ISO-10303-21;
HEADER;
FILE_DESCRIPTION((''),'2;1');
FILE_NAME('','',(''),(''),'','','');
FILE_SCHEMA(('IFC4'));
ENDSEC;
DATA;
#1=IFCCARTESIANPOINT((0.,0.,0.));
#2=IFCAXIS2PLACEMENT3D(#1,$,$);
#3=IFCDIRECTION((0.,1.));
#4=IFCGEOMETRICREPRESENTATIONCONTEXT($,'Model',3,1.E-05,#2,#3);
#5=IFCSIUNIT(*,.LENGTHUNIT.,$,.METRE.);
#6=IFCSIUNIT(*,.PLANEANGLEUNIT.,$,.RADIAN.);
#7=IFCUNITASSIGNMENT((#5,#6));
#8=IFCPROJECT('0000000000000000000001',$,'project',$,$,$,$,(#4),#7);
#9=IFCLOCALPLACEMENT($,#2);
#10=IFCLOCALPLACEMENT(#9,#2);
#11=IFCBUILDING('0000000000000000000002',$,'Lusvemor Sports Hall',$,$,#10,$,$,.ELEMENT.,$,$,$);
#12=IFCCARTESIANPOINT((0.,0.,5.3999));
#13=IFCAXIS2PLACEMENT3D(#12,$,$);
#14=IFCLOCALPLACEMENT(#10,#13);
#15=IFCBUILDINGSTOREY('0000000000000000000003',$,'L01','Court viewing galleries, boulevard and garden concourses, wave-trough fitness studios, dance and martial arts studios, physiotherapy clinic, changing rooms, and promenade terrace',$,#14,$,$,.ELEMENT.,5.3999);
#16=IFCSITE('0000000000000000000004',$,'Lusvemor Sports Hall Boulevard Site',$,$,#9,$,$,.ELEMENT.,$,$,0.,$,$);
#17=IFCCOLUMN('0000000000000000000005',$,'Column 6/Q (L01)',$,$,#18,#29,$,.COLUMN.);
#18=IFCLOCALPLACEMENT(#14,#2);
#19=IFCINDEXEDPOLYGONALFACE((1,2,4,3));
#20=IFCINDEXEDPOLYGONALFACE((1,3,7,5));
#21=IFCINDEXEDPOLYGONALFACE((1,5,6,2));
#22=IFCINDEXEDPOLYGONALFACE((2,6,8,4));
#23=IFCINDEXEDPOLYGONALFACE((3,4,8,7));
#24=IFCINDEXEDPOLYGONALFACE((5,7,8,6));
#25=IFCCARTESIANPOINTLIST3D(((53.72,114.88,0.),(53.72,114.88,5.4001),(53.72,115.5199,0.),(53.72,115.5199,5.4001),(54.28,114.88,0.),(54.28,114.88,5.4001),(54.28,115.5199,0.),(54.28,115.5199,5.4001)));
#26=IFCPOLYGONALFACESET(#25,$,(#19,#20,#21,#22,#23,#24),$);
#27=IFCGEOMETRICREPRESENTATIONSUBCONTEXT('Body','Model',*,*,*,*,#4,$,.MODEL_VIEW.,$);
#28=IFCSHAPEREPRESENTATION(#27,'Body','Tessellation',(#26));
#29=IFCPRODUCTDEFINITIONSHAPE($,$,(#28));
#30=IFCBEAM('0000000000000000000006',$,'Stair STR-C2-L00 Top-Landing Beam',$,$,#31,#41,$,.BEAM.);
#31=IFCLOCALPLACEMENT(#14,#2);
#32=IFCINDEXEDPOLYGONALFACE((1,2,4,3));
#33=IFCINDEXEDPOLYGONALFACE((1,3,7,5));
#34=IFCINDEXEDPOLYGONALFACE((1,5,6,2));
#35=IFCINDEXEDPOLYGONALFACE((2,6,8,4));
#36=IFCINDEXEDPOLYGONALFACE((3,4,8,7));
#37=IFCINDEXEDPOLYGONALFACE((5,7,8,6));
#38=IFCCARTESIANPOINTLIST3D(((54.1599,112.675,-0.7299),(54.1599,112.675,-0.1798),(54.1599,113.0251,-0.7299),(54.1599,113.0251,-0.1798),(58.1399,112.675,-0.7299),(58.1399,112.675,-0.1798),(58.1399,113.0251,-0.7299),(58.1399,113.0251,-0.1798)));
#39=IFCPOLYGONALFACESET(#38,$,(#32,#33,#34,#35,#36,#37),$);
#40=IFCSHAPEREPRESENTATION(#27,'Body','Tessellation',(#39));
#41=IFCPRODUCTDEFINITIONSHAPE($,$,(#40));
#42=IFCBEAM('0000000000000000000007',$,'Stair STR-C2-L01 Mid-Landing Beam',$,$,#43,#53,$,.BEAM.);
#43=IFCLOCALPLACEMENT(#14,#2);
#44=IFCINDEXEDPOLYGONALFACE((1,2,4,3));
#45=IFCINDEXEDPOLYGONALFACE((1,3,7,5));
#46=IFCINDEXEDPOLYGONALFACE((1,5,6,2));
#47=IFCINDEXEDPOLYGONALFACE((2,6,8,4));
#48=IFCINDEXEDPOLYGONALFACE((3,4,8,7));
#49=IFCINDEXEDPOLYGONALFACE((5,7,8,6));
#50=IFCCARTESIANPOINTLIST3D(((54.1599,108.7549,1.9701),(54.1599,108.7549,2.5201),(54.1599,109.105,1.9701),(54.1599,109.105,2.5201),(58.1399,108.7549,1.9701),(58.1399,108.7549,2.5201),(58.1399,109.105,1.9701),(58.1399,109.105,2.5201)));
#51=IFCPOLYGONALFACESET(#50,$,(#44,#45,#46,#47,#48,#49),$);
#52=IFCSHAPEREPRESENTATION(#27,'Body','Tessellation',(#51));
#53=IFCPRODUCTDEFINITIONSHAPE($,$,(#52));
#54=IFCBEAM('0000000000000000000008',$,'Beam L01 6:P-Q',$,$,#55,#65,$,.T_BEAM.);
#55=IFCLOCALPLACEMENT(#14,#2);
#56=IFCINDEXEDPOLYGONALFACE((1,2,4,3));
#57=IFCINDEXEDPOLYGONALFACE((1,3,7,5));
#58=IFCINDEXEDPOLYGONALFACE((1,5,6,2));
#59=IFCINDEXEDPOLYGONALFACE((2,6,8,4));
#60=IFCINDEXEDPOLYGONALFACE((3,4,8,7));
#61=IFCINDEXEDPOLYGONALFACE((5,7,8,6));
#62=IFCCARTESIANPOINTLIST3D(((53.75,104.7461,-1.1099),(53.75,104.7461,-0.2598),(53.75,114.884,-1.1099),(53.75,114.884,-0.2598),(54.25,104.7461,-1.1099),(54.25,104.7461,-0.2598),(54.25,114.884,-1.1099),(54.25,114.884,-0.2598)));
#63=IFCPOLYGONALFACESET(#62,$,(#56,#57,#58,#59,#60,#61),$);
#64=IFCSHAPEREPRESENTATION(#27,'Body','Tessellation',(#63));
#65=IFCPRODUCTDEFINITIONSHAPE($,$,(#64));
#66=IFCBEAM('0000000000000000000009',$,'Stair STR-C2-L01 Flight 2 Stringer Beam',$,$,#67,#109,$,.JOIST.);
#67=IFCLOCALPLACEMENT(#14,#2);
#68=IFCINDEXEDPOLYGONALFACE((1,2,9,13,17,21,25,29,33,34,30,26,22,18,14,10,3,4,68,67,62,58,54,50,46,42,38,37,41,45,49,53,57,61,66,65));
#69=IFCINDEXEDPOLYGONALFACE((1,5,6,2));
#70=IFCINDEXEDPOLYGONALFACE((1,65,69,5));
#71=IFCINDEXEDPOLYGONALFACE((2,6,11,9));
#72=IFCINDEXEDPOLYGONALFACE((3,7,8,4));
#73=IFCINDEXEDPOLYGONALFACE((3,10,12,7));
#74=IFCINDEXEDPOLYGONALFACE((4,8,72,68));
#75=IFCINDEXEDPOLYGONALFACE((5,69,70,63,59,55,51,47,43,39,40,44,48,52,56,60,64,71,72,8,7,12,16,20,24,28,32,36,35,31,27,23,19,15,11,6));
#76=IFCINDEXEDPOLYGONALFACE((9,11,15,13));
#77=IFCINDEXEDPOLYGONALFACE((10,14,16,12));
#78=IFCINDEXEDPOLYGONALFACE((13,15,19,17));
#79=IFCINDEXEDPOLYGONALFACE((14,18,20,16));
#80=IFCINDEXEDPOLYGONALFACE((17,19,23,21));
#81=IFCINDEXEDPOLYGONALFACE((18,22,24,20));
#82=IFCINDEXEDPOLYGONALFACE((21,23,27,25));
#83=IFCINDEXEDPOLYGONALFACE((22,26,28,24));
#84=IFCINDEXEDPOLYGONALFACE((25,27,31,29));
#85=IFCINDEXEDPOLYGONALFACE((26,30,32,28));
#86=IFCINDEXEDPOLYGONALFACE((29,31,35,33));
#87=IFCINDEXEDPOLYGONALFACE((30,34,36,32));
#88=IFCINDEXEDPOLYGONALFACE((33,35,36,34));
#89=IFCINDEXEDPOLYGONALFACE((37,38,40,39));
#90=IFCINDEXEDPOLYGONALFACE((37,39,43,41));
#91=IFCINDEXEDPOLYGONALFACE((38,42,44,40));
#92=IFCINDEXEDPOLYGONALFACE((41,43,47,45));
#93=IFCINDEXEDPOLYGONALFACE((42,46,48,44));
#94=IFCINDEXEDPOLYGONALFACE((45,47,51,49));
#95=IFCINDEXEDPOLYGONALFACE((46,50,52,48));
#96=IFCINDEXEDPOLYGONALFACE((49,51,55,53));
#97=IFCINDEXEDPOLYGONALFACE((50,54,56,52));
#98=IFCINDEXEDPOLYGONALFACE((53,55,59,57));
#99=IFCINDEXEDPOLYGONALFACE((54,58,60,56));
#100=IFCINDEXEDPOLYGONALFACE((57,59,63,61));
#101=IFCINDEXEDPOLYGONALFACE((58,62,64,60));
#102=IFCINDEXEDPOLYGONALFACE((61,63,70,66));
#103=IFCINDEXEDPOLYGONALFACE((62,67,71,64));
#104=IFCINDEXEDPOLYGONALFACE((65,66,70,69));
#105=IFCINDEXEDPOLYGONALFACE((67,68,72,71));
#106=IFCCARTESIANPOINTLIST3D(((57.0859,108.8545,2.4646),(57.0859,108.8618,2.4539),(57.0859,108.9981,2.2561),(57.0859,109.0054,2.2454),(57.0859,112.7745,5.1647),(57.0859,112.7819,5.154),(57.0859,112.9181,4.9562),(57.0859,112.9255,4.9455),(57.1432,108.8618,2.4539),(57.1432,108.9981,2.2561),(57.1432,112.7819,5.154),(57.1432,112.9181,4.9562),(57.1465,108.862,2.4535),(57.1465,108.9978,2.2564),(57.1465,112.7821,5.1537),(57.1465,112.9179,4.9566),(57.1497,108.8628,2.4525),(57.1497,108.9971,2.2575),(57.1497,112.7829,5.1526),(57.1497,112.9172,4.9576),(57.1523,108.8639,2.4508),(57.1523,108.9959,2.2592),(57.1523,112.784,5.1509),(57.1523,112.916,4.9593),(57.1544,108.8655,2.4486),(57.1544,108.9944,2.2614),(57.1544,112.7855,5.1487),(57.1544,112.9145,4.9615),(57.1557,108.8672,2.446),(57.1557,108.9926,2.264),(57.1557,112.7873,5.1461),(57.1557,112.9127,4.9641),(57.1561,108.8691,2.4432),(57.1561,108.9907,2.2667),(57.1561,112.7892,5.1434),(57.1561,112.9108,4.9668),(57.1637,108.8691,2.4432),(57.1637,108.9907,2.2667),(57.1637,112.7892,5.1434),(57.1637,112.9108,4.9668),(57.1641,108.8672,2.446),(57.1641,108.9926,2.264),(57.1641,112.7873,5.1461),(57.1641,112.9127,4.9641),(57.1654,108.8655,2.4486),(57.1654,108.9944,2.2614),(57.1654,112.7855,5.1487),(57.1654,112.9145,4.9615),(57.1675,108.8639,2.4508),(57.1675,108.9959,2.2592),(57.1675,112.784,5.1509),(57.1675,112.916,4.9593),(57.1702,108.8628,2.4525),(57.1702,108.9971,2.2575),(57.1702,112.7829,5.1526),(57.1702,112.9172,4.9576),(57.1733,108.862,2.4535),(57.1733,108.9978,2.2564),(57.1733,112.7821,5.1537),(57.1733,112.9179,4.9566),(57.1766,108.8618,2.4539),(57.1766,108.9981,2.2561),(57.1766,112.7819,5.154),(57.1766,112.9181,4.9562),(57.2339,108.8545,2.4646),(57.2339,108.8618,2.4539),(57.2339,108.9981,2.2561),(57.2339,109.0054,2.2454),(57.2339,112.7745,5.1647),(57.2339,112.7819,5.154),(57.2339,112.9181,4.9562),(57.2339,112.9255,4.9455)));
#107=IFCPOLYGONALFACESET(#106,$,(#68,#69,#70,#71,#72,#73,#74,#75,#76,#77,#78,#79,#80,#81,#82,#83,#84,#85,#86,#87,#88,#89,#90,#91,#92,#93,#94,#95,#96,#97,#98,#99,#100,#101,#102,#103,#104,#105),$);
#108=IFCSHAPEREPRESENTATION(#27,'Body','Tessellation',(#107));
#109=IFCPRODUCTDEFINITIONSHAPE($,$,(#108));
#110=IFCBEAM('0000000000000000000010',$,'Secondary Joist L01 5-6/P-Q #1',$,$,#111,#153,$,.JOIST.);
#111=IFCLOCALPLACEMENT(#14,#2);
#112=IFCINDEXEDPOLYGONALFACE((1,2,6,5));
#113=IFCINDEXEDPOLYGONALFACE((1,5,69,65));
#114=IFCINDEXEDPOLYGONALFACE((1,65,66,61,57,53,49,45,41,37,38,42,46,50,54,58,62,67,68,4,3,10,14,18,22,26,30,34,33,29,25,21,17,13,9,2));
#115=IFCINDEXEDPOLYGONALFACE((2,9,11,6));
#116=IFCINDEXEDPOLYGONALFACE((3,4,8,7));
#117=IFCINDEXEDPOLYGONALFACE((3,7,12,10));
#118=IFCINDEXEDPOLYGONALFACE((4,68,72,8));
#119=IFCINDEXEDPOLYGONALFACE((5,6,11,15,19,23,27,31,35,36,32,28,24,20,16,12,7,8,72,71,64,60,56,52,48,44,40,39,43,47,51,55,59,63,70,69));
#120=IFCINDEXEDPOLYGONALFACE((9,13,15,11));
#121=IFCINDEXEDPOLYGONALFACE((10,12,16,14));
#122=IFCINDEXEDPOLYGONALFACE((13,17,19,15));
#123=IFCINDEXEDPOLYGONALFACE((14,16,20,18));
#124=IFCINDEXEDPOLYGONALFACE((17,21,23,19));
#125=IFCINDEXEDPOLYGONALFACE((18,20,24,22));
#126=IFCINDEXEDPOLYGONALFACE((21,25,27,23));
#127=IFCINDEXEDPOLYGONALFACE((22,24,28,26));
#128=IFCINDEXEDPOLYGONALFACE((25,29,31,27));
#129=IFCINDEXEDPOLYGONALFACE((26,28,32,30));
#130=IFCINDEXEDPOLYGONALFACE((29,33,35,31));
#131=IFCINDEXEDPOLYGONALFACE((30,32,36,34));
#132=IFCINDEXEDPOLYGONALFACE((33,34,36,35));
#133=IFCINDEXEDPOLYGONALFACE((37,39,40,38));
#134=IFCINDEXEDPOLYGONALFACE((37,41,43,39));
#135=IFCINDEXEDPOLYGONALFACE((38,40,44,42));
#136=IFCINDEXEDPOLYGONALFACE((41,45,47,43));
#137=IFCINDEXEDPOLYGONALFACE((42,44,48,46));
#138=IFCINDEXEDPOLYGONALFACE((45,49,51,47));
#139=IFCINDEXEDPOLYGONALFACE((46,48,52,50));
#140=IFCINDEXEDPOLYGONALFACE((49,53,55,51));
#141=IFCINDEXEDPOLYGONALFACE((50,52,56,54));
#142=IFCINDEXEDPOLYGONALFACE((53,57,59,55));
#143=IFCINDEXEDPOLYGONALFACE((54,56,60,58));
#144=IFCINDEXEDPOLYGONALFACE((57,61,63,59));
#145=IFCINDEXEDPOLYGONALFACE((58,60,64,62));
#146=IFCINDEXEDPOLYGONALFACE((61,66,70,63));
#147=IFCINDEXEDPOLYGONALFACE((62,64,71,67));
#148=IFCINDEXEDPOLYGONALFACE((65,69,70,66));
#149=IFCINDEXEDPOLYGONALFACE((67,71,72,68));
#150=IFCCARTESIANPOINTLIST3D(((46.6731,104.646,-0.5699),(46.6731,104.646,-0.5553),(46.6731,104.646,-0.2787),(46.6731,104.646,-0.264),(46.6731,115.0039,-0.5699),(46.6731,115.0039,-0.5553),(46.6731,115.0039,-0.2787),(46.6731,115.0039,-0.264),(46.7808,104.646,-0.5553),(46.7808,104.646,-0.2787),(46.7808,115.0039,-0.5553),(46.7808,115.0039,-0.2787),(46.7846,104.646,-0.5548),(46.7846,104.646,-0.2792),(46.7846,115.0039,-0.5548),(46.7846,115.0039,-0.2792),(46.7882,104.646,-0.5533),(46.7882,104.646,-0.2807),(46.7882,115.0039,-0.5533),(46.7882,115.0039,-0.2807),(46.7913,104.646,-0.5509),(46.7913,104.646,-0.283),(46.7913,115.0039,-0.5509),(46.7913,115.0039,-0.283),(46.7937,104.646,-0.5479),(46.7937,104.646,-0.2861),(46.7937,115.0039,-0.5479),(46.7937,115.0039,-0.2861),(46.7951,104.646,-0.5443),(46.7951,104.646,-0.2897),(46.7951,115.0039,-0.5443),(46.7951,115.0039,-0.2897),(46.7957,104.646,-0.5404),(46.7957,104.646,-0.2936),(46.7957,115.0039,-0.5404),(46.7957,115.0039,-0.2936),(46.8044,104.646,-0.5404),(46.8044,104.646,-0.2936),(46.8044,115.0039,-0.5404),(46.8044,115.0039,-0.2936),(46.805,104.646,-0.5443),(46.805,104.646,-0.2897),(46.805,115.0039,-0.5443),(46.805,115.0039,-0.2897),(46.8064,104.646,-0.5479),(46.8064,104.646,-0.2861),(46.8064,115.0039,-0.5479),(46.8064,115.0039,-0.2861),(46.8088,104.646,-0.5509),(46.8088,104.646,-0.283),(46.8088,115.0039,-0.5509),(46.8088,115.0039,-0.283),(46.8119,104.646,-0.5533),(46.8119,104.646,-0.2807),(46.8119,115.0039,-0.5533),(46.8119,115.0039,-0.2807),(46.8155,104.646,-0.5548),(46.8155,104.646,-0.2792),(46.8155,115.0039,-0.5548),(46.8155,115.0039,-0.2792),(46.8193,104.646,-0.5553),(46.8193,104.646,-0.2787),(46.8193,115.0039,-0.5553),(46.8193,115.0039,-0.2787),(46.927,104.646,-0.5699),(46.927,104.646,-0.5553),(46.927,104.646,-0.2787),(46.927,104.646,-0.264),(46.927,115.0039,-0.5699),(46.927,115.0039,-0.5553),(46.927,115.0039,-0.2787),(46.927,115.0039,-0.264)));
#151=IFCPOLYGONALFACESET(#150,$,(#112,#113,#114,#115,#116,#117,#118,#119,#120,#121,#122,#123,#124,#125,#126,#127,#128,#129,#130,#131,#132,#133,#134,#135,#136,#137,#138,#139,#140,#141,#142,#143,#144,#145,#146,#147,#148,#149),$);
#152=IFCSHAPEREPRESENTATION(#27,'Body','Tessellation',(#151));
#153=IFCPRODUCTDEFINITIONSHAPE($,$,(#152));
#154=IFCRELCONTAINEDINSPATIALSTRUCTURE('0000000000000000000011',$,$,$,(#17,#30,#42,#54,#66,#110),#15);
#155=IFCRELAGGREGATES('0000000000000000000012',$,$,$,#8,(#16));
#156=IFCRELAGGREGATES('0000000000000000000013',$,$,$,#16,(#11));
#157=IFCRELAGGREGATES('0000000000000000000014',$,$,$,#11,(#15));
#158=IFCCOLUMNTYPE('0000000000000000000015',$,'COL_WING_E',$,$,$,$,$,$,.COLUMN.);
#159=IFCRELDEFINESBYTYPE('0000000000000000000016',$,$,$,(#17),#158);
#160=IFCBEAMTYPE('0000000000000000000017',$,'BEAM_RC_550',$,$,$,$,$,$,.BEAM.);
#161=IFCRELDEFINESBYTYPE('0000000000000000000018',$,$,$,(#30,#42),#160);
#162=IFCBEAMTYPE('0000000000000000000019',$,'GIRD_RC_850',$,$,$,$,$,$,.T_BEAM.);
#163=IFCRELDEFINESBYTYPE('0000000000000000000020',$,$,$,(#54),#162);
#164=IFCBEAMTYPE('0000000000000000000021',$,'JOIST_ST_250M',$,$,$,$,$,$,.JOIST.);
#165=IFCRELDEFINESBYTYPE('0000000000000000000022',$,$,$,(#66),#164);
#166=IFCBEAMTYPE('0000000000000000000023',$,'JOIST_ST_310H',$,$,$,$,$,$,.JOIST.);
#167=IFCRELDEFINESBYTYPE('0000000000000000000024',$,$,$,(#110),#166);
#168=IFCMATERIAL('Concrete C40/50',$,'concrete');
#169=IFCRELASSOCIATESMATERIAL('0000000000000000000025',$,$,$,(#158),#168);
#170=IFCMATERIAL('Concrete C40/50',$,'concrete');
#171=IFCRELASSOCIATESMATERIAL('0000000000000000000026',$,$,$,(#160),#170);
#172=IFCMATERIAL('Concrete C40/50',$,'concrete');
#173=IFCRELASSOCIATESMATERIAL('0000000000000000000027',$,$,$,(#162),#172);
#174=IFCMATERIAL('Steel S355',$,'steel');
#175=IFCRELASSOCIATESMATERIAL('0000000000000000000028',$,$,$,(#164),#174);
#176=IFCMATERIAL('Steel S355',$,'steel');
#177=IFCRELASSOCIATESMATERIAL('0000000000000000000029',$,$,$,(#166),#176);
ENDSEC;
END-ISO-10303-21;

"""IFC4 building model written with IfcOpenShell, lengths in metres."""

from ifc_helpers import new_model, si_unit, direction, frame, origin, origin_2d, place, context, subcontext, project, spatial, rectangle, i_section, extrude, material, material_profile, profile_set, type_object, element, save


model = new_model("IFC4")

# Units and contexts
model_context = context("Model", 3, precision=1e-05, world=origin(), true_north=direction((0.0, 1.0)))
body_context = subcontext(model_context, "Body", "Model", "MODEL_VIEW")
ifc_project = project(units=[si_unit("LENGTHUNIT", "METRE"), si_unit("PLANEANGLEUNIT", "RADIAN")], contexts=[model_context])

# Site, building, storey
site_placement = place(None, origin())
site = spatial("IfcSite", under=ifc_project, at=site_placement, Name="Lusvemor Sports Hall Boulevard Site", CompositionType="ELEMENT", RefElevation=0.0)
building_placement = place(site_placement, origin())
building = spatial("IfcBuilding", under=site, at=building_placement, Name="Lusvemor Sports Hall", CompositionType="ELEMENT")
storey_placement = place(building_placement, frame((0.0, 0.0, 5.3999)))
storey = spatial("IfcBuildingStorey", under=building, at=storey_placement, Name="L01", Description="Court viewing galleries, boulevard and garden concourses, wave-trough fitness studios, dance and martial arts studios, physiotherapy clinic, changing rooms, and promenade terrace", CompositionType="ELEMENT", Elevation=5.3999)

# Column
ifc_material_1 = material(Name="Concrete C40/50", Category="concrete")
ifc_material_profile_1 = material_profile(ifc_material_1, rectangle(XDim=0.5601, YDim=0.6399, at=origin_2d()), Name="RC560x640")
ifc_profile_set_1 = profile_set([ifc_material_profile_1], Name="Concrete C40/50")
column_type = type_object("IfcColumnType", Name="COL_WING_E", PredefinedType="COLUMN", material=ifc_profile_set_1)
column_placement = place(storey_placement, frame((54.0, 115.2, 0.0), z_axis=(0.0, 0.0, 1.0), x_axis=(1.0, 0.0, 0.0)))
element("IfcColumn", 1, at=column_placement, inside=storey, type_object=column_type, Name="Column 6/Q (L01)", PredefinedType="COLUMN", context=body_context, shape_type="SweptSolid", body=[
    extrude(rectangle(XDim=0.5601, YDim=0.6399, at=origin_2d()), origin(), (0.0, 0.0, 1.0), 5.4001),
])

# Beams
ifc_material_2 = material(Name="Concrete C40/50", Category="concrete")
ifc_material_profile_2 = material_profile(ifc_material_2, rectangle(XDim=0.3501, YDim=0.55, at=origin_2d()), Name="RC350x550")
ifc_profile_set_2 = profile_set([ifc_material_profile_2], Name="Concrete C40/50")
beam_type_1 = type_object("IfcBeamType", Name="BEAM_RC_550", PredefinedType="BEAM", material=ifc_profile_set_2)
for number, where, z_axis, x_axis, name in (
    (2, (54.1599, 112.8501, -0.4548), (1.0, 0.0, 0.0), (0.0, 1.0, 0.0), "Stair STR-C2-L00 Top-Landing Beam"),
    (3, (54.1599, 108.9299, 2.2451), (1.0, 0.0, 0.0), (0.0, 1.0, 0.0), "Stair STR-C2-L01 Mid-Landing Beam"),
):
    element("IfcBeam", number, at=place(storey_placement, frame(where, z_axis=z_axis, x_axis=x_axis)), inside=storey, type_object=beam_type_1, Name=name, PredefinedType="BEAM", context=body_context, shape_type="SweptSolid", body=[
        extrude(rectangle(XDim=0.3501, YDim=0.55, at=origin_2d()), origin(), (0.0, 0.0, 1.0), 3.98),
    ])
ifc_material_3 = material(Name="Concrete C40/50", Category="concrete")
ifc_material_profile_3 = material_profile(ifc_material_3, rectangle(XDim=0.5, YDim=0.8501, at=origin_2d()), Name="RC500x850")
ifc_profile_set_3 = profile_set([ifc_material_profile_3], Name="Concrete C40/50")
beam_type_2 = type_object("IfcBeamType", Name="GIRD_RC_850", PredefinedType="T_BEAM", material=ifc_profile_set_3)
beam_1_placement = place(storey_placement, frame((54.0, 104.7461, -0.6848), z_axis=(0.0, 1.0, 0.0), x_axis=(-1.0, 0.0, 0.0)))
element("IfcBeam", 4, at=beam_1_placement, inside=storey, type_object=beam_type_2, Name="Beam L01 6:P-Q", PredefinedType="T_BEAM", context=body_context, shape_type="SweptSolid", body=[
    extrude(rectangle(XDim=0.5, YDim=0.8501, at=origin_2d()), origin(), (0.0, 0.0, 1.0), 10.1379),
])
ifc_material_4 = material(Name="Steel S355", Category="steel")
ifc_material_profile_4 = material_profile(ifc_material_4, i_section(OverallWidth=0.1479, OverallDepth=0.2661, WebThickness=0.0076, FlangeThickness=0.0129, FilletRadius=0.0129, at=origin_2d()), Name="W250x44.8")
ifc_profile_set_4 = profile_set([ifc_material_profile_4], Name="Steel S355")
beam_type_3 = type_object("IfcBeamType", Name="JOIST_ST_250M", PredefinedType="JOIST", material=ifc_profile_set_4)
beam_2_placement = place(storey_placement, frame((57.1599, 108.9299, 2.355), z_axis=(0.0, 0.823543, 0.567253), x_axis=(-1.0, 0.0, 0.0)))
element("IfcBeam", 5, at=beam_2_placement, inside=storey, type_object=beam_type_3, Name="Stair STR-C2-L01 Flight 2 Stringer Beam", PredefinedType="JOIST", context=body_context, shape_type="SweptSolid", body=[
    extrude(i_section(OverallWidth=0.1479, OverallDepth=0.2661, WebThickness=0.0076, FlangeThickness=0.0129, FilletRadius=0.0129, at=origin_2d()), origin(), (0.0, 0.0, 1.0), 4.76),
])
ifc_material_5 = material(Name="Steel S355", Category="steel")
ifc_material_profile_5 = material_profile(ifc_material_5, i_section(OverallWidth=0.2539, OverallDepth=0.3059, WebThickness=0.0088, FlangeThickness=0.0146, FilletRadius=0.0149, at=origin_2d()), Name="W310x79.0")
ifc_profile_set_5 = profile_set([ifc_material_profile_5], Name="Steel S355")
beam_type_4 = type_object("IfcBeamType", Name="JOIST_ST_310H", PredefinedType="JOIST", material=ifc_profile_set_5)
for number, where, z_axis, x_axis, name in (
    (6, (46.8, 104.646, -0.417), (0.0, 1.0, 0.0), (-1.0, 0.0, 0.0), "Secondary Joist L01 5-6/P-Q #1"),
):
    element("IfcBeam", number, at=place(storey_placement, frame(where, z_axis=z_axis, x_axis=x_axis)), inside=storey, type_object=beam_type_4, Name=name, PredefinedType="JOIST", context=body_context, shape_type="SweptSolid", body=[
        extrude(i_section(OverallWidth=0.2539, OverallDepth=0.3059, WebThickness=0.0088, FlangeThickness=0.0146, FilletRadius=0.0149, at=origin_2d()), origin(), (0.0, 0.0, 1.0), 10.3579),
    ])

save(model, "model.ifc")
